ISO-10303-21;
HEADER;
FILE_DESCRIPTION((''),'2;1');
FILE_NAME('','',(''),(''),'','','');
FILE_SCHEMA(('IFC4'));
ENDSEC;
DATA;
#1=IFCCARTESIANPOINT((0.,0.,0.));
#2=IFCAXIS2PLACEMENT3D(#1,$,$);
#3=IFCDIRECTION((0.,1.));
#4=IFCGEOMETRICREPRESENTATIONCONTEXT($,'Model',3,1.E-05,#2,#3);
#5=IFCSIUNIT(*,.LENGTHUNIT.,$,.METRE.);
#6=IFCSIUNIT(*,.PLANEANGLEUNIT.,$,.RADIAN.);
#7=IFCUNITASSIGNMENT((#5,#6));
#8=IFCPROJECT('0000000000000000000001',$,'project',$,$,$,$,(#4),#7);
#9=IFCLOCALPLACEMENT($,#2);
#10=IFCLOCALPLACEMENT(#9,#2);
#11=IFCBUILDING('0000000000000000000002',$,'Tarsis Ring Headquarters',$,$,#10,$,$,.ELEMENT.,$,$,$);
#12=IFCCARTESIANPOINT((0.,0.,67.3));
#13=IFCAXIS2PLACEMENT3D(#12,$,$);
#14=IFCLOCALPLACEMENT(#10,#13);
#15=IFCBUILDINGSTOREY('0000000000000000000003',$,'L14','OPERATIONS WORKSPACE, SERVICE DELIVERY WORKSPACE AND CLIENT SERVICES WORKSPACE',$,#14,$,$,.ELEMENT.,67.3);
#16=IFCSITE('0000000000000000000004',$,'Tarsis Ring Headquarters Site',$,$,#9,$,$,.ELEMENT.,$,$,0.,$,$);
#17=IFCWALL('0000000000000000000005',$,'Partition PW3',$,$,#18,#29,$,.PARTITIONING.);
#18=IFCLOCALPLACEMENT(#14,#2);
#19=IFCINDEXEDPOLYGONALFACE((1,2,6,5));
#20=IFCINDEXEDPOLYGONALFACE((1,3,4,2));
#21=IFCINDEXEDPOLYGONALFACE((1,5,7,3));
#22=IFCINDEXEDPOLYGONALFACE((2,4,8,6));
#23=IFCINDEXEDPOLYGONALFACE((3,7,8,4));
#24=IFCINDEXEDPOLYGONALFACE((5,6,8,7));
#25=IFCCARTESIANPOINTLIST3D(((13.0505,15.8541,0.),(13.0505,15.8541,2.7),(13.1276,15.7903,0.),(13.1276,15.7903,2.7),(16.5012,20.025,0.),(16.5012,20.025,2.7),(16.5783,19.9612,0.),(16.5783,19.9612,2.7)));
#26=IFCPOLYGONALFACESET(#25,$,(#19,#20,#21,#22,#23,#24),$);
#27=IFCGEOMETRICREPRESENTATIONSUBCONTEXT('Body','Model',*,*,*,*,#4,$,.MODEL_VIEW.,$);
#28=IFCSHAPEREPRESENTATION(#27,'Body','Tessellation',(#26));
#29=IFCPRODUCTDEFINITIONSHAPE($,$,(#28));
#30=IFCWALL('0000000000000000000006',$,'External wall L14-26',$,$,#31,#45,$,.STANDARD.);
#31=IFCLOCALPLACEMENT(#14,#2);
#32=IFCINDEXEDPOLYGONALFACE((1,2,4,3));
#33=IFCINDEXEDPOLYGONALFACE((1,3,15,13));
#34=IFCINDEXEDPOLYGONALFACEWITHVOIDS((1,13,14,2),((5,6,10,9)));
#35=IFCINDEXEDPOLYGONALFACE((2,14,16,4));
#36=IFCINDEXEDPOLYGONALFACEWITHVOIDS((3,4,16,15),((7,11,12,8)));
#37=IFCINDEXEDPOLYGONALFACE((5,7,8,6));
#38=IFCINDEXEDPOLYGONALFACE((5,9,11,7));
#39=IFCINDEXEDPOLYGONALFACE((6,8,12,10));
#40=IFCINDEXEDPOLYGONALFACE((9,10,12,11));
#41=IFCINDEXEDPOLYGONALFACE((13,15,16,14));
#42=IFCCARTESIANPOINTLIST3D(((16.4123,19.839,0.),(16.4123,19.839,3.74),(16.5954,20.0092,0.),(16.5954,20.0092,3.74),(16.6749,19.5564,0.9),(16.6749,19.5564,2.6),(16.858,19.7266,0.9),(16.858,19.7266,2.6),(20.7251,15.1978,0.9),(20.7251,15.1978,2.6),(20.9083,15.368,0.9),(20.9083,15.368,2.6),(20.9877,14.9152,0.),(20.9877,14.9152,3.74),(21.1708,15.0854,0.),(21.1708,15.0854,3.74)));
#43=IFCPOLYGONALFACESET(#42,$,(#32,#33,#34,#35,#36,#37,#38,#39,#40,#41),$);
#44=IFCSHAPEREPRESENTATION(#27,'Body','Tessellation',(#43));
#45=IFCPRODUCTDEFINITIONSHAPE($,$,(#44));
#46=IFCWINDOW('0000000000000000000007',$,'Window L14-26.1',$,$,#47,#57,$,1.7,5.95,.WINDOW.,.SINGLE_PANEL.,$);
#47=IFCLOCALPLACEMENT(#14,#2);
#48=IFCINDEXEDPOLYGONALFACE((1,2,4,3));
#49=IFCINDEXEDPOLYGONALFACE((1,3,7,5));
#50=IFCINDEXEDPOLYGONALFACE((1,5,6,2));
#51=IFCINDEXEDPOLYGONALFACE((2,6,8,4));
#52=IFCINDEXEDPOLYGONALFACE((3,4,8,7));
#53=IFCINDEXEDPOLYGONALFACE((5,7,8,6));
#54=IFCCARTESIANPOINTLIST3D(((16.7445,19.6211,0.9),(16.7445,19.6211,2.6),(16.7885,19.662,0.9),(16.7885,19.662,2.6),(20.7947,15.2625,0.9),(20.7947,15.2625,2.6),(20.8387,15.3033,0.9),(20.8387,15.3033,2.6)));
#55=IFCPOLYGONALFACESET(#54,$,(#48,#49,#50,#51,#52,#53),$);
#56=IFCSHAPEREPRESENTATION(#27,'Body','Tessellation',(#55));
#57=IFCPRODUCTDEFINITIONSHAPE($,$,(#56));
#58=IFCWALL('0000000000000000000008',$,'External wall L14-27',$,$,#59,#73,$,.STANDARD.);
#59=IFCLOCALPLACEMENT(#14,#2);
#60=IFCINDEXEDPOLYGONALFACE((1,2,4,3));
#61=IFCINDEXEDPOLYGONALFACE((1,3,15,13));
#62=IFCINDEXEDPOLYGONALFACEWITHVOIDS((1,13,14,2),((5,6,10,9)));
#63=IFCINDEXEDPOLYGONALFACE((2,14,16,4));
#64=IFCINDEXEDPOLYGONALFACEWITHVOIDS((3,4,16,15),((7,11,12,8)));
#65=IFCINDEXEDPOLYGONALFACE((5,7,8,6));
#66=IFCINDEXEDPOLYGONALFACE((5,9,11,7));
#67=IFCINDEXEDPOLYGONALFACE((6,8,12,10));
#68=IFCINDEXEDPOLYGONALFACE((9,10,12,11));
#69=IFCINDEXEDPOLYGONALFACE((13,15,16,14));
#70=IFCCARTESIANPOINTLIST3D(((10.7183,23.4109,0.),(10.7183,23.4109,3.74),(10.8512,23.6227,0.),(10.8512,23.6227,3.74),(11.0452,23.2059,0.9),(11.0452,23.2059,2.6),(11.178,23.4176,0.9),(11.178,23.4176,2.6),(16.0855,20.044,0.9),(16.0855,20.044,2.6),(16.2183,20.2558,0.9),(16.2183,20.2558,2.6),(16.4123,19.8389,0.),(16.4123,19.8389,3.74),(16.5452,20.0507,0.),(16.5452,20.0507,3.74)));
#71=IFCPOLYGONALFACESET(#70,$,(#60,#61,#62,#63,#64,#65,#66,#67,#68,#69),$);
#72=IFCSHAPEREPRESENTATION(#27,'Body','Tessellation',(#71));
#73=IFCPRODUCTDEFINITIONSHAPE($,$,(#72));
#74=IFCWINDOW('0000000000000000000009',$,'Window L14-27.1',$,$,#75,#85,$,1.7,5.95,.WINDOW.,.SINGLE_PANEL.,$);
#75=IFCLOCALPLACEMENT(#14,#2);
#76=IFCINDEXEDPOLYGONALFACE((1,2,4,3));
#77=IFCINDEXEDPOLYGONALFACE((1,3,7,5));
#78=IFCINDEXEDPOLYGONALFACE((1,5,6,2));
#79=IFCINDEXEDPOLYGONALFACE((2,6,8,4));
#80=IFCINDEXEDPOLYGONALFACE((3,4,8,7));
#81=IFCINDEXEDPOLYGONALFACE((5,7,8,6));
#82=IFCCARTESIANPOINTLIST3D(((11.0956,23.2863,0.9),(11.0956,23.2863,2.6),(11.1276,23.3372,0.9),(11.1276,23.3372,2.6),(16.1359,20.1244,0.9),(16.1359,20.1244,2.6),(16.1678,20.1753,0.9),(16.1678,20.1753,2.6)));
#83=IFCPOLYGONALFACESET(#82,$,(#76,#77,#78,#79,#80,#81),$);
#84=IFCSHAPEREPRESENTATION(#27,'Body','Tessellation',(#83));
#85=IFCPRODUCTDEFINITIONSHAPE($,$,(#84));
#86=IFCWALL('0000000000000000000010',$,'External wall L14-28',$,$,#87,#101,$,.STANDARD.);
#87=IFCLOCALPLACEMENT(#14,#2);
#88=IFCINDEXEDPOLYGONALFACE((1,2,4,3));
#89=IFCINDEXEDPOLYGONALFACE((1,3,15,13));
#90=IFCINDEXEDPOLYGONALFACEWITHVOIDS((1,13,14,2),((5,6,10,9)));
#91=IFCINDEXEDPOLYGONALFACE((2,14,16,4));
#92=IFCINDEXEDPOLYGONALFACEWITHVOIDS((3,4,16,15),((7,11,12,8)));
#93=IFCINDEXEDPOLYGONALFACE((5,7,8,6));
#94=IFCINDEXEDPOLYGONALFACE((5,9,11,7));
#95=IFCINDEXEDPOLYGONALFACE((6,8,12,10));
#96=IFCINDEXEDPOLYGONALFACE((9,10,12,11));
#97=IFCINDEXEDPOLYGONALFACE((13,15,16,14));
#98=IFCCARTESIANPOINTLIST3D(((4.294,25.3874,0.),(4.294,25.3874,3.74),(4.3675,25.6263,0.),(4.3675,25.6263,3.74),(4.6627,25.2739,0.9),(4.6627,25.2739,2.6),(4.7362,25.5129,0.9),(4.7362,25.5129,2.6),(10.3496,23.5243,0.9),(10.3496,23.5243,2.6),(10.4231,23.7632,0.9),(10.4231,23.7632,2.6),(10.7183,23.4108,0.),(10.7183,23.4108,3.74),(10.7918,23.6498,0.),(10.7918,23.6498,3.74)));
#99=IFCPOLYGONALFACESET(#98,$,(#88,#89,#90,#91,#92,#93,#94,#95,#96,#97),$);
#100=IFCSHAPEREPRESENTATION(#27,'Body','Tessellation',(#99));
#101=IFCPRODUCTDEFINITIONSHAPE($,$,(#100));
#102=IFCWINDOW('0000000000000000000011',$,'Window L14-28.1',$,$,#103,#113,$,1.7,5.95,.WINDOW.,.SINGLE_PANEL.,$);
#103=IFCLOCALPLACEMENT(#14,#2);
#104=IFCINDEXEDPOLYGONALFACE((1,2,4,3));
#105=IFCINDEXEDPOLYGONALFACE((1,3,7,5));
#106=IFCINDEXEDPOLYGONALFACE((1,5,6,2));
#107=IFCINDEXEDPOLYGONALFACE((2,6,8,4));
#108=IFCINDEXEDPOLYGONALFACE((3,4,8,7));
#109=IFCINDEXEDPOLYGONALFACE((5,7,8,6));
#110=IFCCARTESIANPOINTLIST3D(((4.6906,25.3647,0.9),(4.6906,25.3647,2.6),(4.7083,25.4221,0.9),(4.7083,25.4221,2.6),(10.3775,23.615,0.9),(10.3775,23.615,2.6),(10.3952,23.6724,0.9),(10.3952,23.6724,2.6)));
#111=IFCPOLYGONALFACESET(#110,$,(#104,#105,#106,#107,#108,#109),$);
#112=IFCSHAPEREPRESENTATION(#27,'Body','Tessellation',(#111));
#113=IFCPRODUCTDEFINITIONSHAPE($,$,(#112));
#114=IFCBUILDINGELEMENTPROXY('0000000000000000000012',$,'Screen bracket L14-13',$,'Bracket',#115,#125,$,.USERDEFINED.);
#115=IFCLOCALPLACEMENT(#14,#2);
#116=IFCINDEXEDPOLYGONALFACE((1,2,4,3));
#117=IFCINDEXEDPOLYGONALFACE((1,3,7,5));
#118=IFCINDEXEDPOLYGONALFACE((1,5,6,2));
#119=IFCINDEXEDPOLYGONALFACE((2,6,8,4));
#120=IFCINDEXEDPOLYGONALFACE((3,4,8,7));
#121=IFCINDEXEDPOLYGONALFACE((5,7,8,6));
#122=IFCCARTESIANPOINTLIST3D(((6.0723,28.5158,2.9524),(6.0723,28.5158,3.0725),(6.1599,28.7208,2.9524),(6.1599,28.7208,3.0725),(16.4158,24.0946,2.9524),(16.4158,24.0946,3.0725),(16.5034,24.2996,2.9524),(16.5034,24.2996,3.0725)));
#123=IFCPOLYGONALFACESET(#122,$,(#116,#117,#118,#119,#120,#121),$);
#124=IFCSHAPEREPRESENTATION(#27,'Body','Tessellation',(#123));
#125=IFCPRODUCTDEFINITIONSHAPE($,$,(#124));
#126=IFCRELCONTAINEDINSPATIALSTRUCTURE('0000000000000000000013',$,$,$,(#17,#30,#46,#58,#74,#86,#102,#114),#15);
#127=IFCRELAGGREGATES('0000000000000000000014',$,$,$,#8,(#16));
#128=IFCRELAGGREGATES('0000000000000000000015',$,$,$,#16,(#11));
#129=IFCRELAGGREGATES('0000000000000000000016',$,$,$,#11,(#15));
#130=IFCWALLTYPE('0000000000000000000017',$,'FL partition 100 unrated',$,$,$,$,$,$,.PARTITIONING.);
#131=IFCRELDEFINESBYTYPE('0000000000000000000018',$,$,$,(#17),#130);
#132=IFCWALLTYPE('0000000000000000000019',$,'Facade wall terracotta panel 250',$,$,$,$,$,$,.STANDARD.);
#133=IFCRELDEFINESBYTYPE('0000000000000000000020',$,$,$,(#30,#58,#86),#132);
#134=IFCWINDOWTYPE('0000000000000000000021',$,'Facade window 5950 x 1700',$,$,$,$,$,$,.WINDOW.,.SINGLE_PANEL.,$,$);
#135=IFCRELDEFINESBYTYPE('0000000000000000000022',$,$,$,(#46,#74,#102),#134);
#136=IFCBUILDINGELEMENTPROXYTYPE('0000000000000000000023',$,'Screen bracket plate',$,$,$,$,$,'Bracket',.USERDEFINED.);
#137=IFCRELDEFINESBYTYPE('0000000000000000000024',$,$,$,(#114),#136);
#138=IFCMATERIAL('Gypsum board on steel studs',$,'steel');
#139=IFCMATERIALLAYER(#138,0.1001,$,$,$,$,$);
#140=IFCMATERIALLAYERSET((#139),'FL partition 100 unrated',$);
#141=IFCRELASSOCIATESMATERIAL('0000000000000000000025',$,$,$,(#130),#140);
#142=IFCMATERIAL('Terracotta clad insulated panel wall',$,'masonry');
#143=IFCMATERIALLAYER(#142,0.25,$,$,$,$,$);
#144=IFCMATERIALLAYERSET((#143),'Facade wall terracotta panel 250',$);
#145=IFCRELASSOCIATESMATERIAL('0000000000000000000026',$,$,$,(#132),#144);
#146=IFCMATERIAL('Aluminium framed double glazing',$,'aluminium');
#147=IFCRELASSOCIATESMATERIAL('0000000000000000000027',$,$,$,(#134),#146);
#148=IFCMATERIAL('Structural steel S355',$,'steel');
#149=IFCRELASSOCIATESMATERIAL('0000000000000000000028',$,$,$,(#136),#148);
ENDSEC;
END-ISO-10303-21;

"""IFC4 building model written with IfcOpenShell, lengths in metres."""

from ifc_helpers import new_model, si_unit, direction, frame, frame_2d, origin, origin_2d, place, context, subcontext, project, spatial, rectangle, extrude, material, layer, layer_set, type_object, element, fill, save


model = new_model("IFC4")

# Units and contexts
model_context = context("Model", 3, precision=1e-05, world=origin(), true_north=direction((0.0, 1.0)))
body_context = subcontext(model_context, "Body", "Model", "MODEL_VIEW")
ifc_project = project(units=[si_unit("LENGTHUNIT", "METRE"), si_unit("PLANEANGLEUNIT", "RADIAN")], contexts=[model_context])

# Site, building, storey
site_placement = place(None, origin())
site = spatial("IfcSite", under=ifc_project, at=site_placement, Name="Tarsis Ring Headquarters Site", CompositionType="ELEMENT", RefElevation=0.0)
building_placement = place(site_placement, origin())
building = spatial("IfcBuilding", under=site, at=building_placement, Name="Tarsis Ring Headquarters", CompositionType="ELEMENT")
storey_placement = place(building_placement, frame((0.0, 0.0, 67.3)))
storey = spatial("IfcBuildingStorey", under=building, at=storey_placement, Name="L14", Description="OPERATIONS WORKSPACE, SERVICE DELIVERY WORKSPACE AND CLIENT SERVICES WORKSPACE", CompositionType="ELEMENT", Elevation=67.3)

# Shared definitions
ifc_material_1 = material(Name="Structural steel S355", Category="steel")

# Wall
ifc_material_2 = material(Name="Gypsum board on steel studs", Category="steel")
ifc_layer_1 = layer(ifc_material_2, 0.1001)
ifc_layer_set_1 = layer_set([ifc_layer_1], Name="FL partition 100 unrated")
wall_type_1 = type_object("IfcWallType", Name="FL partition 100 unrated", PredefinedType="PARTITIONING", material=ifc_layer_set_1)
wall_1_placement = place(storey_placement, frame((13.0891, 15.8223, 0.0), z_axis=(0.0, 0.0, 1.0), x_axis=(0.637448, 0.770494, 0.0)))
element("IfcWall", 1, at=wall_1_placement, inside=storey, type_object=wall_type_1, Name="Partition PW3", PredefinedType="PARTITIONING", context=body_context, shape_type="SweptSolid", body=[
    extrude(rectangle(XDim=5.4133, YDim=0.1001, at=frame_2d((2.7065, 0.0))), origin(), (0.0, 0.0, 1.0), 2.7),
])

# Walls, openings, windows
ifc_material_3 = material(Name="Terracotta clad insulated panel wall", Category="masonry")
ifc_layer_2 = layer(ifc_material_3, 0.25)
ifc_layer_set_2 = layer_set([ifc_layer_2], Name="Facade wall terracotta panel 250")
wall_type_2 = type_object("IfcWallType", Name="Facade wall terracotta panel 250", PredefinedType="STANDARD", material=ifc_layer_set_2)
wall_2_placement = place(storey_placement, frame((21.0793, 15.0002, 0.0), z_axis=(0.0, 0.0, 1.0), x_axis=(-0.680716, 0.732548, 0.0)))
wall_2 = element("IfcWall", 2, at=wall_2_placement, inside=storey, type_object=wall_type_2, Name="External wall L14-26", PredefinedType="STANDARD", context=body_context, shape_type="SweptSolid", body=[
    extrude(rectangle(XDim=6.7214, YDim=0.25, at=frame_2d((3.3608, 0.0))), origin(), (0.0, 0.0, 1.0), 3.74),
])
opening_1_placement = place(wall_2_placement, frame((0.3857, 0.0, 0.8999)))
opening_1 = element("IfcOpeningElement", 3, at=opening_1_placement, cuts=wall_2, PredefinedType="OPENING", context=body_context, shape_type="SweptSolid", body=[
    extrude(rectangle(XDim=5.95, YDim=1.7, at=frame_2d((2.9751, 0.8501))), frame((0.0, 0.135, 0.0), z_axis=(0.0, -1.0, 0.0), x_axis=(1.0, 0.0, 0.0)), (0.0, 0.0, 1.0), 0.27),
])
ifc_material_4 = material(Name="Aluminium framed double glazing", Category="aluminium")
window_type = type_object("IfcWindowType", Name="Facade window 5950 x 1700", PartitioningType="SINGLE_PANEL", PredefinedType="WINDOW", material=ifc_material_4)
window_1_placement = place(opening_1_placement, origin())
window_1 = element("IfcWindow", 4, at=window_1_placement, inside=storey, type_object=window_type, Name="Window L14-26.1", OverallHeight=1.7, OverallWidth=5.95, PartitioningType="SINGLE_PANEL", PredefinedType="WINDOW", context=body_context, shape_type="SweptSolid", body=[
    extrude(rectangle(XDim=5.95, YDim=1.7, at=frame_2d((2.9751, 0.8501))), frame((0.0, 0.03, 0.0), z_axis=(0.0, -1.0, 0.0), x_axis=(1.0, 0.0, 0.0)), (0.0, 0.0, 1.0), 0.0601),
])
fill(opening_1, window_1)
wall_3_placement = place(storey_placement, frame((16.4788, 19.9448, 0.0), z_axis=(0.0, 0.0, 1.0), x_axis=(-0.847114, 0.531412, 0.0)))
wall_3 = element("IfcWall", 5, at=wall_3_placement, inside=storey, type_object=wall_type_2, Name="External wall L14-27", PredefinedType="STANDARD", context=body_context, shape_type="SweptSolid", body=[
    extrude(rectangle(XDim=6.7217, YDim=0.25, at=frame_2d((3.3608, 0.0))), origin(), (0.0, 0.0, 1.0), 3.74),
])
opening_2_placement = place(wall_3_placement, frame((0.3857, 0.0, 0.8999)))
opening_2 = element("IfcOpeningElement", 6, at=opening_2_placement, cuts=wall_3, PredefinedType="OPENING", context=body_context, shape_type="SweptSolid", body=[
    extrude(rectangle(XDim=5.95, YDim=1.7, at=frame_2d((2.9751, 0.8501))), frame((0.0, 0.135, 0.0), z_axis=(0.0, -1.0, 0.0), x_axis=(1.0, 0.0, 0.0)), (0.0, 0.0, 1.0), 0.27),
])
window_2_placement = place(opening_2_placement, origin())
window_2 = element("IfcWindow", 7, at=window_2_placement, inside=storey, type_object=window_type, Name="Window L14-27.1", OverallHeight=1.7, OverallWidth=5.95, PartitioningType="SINGLE_PANEL", PredefinedType="WINDOW", context=body_context, shape_type="SweptSolid", body=[
    extrude(rectangle(XDim=5.95, YDim=1.7, at=frame_2d((2.9751, 0.8501))), frame((0.0, 0.03, 0.0), z_axis=(0.0, -1.0, 0.0), x_axis=(1.0, 0.0, 0.0)), (0.0, 0.0, 1.0), 0.0601),
])
fill(opening_2, window_2)
wall_4_placement = place(storey_placement, frame((10.7551, 23.5303, 0.0), z_axis=(0.0, 0.0, 1.0), x_axis=(-0.955785, 0.294065, 0.0)))
wall_4 = element("IfcWall", 8, at=wall_4_placement, inside=storey, type_object=wall_type_2, Name="External wall L14-28", PredefinedType="STANDARD", context=body_context, shape_type="SweptSolid", body=[
    extrude(rectangle(XDim=6.7214, YDim=0.25, at=frame_2d((3.3608, 0.0))), origin(), (0.0, 0.0, 1.0), 3.74),
])
opening_3_placement = place(wall_4_placement, frame((0.3857, 0.0, 0.8999)))
opening_3 = element("IfcOpeningElement", 9, at=opening_3_placement, cuts=wall_4, PredefinedType="OPENING", context=body_context, shape_type="SweptSolid", body=[
    extrude(rectangle(XDim=5.95, YDim=1.7, at=frame_2d((2.9751, 0.8501))), frame((0.0, 0.135, 0.0), z_axis=(0.0, -1.0, 0.0), x_axis=(1.0, 0.0, 0.0)), (0.0, 0.0, 1.0), 0.27),
])
window_3_placement = place(opening_3_placement, origin())
window_3 = element("IfcWindow", 10, at=window_3_placement, inside=storey, type_object=window_type, Name="Window L14-28.1", OverallHeight=1.7, OverallWidth=5.95, PartitioningType="SINGLE_PANEL", PredefinedType="WINDOW", context=body_context, shape_type="SweptSolid", body=[
    extrude(rectangle(XDim=5.95, YDim=1.7, at=frame_2d((2.9751, 0.8501))), frame((0.0, 0.03, 0.0), z_axis=(0.0, -1.0, 0.0), x_axis=(1.0, 0.0, 0.0)), (0.0, 0.0, 1.0), 0.0601),
])
fill(opening_3, window_3)

# Building element proxy
building_element_proxy_type = type_object("IfcBuildingElementProxyType", Name="Screen bracket plate", ElementType="Bracket", PredefinedType="USERDEFINED", material=ifc_material_1)
proxy_placement = place(storey_placement, frame((11.2878, 26.4077, 2.9524), z_axis=(0.0, 0.0, 1.0), x_axis=(-0.919521, 0.39304, 0.0)))
element("IfcBuildingElementProxy", 11, at=proxy_placement, inside=storey, type_object=building_element_proxy_type, Name="Screen bracket L14-13", ObjectType="Bracket", PredefinedType="USERDEFINED", context=body_context, shape_type="SweptSolid", body=[
    extrude(rectangle(XDim=11.2488, YDim=0.2229, at=origin_2d()), origin(), (0.0, 0.0, 1.0), 0.1201),
])

save(model, "model.ifc")
